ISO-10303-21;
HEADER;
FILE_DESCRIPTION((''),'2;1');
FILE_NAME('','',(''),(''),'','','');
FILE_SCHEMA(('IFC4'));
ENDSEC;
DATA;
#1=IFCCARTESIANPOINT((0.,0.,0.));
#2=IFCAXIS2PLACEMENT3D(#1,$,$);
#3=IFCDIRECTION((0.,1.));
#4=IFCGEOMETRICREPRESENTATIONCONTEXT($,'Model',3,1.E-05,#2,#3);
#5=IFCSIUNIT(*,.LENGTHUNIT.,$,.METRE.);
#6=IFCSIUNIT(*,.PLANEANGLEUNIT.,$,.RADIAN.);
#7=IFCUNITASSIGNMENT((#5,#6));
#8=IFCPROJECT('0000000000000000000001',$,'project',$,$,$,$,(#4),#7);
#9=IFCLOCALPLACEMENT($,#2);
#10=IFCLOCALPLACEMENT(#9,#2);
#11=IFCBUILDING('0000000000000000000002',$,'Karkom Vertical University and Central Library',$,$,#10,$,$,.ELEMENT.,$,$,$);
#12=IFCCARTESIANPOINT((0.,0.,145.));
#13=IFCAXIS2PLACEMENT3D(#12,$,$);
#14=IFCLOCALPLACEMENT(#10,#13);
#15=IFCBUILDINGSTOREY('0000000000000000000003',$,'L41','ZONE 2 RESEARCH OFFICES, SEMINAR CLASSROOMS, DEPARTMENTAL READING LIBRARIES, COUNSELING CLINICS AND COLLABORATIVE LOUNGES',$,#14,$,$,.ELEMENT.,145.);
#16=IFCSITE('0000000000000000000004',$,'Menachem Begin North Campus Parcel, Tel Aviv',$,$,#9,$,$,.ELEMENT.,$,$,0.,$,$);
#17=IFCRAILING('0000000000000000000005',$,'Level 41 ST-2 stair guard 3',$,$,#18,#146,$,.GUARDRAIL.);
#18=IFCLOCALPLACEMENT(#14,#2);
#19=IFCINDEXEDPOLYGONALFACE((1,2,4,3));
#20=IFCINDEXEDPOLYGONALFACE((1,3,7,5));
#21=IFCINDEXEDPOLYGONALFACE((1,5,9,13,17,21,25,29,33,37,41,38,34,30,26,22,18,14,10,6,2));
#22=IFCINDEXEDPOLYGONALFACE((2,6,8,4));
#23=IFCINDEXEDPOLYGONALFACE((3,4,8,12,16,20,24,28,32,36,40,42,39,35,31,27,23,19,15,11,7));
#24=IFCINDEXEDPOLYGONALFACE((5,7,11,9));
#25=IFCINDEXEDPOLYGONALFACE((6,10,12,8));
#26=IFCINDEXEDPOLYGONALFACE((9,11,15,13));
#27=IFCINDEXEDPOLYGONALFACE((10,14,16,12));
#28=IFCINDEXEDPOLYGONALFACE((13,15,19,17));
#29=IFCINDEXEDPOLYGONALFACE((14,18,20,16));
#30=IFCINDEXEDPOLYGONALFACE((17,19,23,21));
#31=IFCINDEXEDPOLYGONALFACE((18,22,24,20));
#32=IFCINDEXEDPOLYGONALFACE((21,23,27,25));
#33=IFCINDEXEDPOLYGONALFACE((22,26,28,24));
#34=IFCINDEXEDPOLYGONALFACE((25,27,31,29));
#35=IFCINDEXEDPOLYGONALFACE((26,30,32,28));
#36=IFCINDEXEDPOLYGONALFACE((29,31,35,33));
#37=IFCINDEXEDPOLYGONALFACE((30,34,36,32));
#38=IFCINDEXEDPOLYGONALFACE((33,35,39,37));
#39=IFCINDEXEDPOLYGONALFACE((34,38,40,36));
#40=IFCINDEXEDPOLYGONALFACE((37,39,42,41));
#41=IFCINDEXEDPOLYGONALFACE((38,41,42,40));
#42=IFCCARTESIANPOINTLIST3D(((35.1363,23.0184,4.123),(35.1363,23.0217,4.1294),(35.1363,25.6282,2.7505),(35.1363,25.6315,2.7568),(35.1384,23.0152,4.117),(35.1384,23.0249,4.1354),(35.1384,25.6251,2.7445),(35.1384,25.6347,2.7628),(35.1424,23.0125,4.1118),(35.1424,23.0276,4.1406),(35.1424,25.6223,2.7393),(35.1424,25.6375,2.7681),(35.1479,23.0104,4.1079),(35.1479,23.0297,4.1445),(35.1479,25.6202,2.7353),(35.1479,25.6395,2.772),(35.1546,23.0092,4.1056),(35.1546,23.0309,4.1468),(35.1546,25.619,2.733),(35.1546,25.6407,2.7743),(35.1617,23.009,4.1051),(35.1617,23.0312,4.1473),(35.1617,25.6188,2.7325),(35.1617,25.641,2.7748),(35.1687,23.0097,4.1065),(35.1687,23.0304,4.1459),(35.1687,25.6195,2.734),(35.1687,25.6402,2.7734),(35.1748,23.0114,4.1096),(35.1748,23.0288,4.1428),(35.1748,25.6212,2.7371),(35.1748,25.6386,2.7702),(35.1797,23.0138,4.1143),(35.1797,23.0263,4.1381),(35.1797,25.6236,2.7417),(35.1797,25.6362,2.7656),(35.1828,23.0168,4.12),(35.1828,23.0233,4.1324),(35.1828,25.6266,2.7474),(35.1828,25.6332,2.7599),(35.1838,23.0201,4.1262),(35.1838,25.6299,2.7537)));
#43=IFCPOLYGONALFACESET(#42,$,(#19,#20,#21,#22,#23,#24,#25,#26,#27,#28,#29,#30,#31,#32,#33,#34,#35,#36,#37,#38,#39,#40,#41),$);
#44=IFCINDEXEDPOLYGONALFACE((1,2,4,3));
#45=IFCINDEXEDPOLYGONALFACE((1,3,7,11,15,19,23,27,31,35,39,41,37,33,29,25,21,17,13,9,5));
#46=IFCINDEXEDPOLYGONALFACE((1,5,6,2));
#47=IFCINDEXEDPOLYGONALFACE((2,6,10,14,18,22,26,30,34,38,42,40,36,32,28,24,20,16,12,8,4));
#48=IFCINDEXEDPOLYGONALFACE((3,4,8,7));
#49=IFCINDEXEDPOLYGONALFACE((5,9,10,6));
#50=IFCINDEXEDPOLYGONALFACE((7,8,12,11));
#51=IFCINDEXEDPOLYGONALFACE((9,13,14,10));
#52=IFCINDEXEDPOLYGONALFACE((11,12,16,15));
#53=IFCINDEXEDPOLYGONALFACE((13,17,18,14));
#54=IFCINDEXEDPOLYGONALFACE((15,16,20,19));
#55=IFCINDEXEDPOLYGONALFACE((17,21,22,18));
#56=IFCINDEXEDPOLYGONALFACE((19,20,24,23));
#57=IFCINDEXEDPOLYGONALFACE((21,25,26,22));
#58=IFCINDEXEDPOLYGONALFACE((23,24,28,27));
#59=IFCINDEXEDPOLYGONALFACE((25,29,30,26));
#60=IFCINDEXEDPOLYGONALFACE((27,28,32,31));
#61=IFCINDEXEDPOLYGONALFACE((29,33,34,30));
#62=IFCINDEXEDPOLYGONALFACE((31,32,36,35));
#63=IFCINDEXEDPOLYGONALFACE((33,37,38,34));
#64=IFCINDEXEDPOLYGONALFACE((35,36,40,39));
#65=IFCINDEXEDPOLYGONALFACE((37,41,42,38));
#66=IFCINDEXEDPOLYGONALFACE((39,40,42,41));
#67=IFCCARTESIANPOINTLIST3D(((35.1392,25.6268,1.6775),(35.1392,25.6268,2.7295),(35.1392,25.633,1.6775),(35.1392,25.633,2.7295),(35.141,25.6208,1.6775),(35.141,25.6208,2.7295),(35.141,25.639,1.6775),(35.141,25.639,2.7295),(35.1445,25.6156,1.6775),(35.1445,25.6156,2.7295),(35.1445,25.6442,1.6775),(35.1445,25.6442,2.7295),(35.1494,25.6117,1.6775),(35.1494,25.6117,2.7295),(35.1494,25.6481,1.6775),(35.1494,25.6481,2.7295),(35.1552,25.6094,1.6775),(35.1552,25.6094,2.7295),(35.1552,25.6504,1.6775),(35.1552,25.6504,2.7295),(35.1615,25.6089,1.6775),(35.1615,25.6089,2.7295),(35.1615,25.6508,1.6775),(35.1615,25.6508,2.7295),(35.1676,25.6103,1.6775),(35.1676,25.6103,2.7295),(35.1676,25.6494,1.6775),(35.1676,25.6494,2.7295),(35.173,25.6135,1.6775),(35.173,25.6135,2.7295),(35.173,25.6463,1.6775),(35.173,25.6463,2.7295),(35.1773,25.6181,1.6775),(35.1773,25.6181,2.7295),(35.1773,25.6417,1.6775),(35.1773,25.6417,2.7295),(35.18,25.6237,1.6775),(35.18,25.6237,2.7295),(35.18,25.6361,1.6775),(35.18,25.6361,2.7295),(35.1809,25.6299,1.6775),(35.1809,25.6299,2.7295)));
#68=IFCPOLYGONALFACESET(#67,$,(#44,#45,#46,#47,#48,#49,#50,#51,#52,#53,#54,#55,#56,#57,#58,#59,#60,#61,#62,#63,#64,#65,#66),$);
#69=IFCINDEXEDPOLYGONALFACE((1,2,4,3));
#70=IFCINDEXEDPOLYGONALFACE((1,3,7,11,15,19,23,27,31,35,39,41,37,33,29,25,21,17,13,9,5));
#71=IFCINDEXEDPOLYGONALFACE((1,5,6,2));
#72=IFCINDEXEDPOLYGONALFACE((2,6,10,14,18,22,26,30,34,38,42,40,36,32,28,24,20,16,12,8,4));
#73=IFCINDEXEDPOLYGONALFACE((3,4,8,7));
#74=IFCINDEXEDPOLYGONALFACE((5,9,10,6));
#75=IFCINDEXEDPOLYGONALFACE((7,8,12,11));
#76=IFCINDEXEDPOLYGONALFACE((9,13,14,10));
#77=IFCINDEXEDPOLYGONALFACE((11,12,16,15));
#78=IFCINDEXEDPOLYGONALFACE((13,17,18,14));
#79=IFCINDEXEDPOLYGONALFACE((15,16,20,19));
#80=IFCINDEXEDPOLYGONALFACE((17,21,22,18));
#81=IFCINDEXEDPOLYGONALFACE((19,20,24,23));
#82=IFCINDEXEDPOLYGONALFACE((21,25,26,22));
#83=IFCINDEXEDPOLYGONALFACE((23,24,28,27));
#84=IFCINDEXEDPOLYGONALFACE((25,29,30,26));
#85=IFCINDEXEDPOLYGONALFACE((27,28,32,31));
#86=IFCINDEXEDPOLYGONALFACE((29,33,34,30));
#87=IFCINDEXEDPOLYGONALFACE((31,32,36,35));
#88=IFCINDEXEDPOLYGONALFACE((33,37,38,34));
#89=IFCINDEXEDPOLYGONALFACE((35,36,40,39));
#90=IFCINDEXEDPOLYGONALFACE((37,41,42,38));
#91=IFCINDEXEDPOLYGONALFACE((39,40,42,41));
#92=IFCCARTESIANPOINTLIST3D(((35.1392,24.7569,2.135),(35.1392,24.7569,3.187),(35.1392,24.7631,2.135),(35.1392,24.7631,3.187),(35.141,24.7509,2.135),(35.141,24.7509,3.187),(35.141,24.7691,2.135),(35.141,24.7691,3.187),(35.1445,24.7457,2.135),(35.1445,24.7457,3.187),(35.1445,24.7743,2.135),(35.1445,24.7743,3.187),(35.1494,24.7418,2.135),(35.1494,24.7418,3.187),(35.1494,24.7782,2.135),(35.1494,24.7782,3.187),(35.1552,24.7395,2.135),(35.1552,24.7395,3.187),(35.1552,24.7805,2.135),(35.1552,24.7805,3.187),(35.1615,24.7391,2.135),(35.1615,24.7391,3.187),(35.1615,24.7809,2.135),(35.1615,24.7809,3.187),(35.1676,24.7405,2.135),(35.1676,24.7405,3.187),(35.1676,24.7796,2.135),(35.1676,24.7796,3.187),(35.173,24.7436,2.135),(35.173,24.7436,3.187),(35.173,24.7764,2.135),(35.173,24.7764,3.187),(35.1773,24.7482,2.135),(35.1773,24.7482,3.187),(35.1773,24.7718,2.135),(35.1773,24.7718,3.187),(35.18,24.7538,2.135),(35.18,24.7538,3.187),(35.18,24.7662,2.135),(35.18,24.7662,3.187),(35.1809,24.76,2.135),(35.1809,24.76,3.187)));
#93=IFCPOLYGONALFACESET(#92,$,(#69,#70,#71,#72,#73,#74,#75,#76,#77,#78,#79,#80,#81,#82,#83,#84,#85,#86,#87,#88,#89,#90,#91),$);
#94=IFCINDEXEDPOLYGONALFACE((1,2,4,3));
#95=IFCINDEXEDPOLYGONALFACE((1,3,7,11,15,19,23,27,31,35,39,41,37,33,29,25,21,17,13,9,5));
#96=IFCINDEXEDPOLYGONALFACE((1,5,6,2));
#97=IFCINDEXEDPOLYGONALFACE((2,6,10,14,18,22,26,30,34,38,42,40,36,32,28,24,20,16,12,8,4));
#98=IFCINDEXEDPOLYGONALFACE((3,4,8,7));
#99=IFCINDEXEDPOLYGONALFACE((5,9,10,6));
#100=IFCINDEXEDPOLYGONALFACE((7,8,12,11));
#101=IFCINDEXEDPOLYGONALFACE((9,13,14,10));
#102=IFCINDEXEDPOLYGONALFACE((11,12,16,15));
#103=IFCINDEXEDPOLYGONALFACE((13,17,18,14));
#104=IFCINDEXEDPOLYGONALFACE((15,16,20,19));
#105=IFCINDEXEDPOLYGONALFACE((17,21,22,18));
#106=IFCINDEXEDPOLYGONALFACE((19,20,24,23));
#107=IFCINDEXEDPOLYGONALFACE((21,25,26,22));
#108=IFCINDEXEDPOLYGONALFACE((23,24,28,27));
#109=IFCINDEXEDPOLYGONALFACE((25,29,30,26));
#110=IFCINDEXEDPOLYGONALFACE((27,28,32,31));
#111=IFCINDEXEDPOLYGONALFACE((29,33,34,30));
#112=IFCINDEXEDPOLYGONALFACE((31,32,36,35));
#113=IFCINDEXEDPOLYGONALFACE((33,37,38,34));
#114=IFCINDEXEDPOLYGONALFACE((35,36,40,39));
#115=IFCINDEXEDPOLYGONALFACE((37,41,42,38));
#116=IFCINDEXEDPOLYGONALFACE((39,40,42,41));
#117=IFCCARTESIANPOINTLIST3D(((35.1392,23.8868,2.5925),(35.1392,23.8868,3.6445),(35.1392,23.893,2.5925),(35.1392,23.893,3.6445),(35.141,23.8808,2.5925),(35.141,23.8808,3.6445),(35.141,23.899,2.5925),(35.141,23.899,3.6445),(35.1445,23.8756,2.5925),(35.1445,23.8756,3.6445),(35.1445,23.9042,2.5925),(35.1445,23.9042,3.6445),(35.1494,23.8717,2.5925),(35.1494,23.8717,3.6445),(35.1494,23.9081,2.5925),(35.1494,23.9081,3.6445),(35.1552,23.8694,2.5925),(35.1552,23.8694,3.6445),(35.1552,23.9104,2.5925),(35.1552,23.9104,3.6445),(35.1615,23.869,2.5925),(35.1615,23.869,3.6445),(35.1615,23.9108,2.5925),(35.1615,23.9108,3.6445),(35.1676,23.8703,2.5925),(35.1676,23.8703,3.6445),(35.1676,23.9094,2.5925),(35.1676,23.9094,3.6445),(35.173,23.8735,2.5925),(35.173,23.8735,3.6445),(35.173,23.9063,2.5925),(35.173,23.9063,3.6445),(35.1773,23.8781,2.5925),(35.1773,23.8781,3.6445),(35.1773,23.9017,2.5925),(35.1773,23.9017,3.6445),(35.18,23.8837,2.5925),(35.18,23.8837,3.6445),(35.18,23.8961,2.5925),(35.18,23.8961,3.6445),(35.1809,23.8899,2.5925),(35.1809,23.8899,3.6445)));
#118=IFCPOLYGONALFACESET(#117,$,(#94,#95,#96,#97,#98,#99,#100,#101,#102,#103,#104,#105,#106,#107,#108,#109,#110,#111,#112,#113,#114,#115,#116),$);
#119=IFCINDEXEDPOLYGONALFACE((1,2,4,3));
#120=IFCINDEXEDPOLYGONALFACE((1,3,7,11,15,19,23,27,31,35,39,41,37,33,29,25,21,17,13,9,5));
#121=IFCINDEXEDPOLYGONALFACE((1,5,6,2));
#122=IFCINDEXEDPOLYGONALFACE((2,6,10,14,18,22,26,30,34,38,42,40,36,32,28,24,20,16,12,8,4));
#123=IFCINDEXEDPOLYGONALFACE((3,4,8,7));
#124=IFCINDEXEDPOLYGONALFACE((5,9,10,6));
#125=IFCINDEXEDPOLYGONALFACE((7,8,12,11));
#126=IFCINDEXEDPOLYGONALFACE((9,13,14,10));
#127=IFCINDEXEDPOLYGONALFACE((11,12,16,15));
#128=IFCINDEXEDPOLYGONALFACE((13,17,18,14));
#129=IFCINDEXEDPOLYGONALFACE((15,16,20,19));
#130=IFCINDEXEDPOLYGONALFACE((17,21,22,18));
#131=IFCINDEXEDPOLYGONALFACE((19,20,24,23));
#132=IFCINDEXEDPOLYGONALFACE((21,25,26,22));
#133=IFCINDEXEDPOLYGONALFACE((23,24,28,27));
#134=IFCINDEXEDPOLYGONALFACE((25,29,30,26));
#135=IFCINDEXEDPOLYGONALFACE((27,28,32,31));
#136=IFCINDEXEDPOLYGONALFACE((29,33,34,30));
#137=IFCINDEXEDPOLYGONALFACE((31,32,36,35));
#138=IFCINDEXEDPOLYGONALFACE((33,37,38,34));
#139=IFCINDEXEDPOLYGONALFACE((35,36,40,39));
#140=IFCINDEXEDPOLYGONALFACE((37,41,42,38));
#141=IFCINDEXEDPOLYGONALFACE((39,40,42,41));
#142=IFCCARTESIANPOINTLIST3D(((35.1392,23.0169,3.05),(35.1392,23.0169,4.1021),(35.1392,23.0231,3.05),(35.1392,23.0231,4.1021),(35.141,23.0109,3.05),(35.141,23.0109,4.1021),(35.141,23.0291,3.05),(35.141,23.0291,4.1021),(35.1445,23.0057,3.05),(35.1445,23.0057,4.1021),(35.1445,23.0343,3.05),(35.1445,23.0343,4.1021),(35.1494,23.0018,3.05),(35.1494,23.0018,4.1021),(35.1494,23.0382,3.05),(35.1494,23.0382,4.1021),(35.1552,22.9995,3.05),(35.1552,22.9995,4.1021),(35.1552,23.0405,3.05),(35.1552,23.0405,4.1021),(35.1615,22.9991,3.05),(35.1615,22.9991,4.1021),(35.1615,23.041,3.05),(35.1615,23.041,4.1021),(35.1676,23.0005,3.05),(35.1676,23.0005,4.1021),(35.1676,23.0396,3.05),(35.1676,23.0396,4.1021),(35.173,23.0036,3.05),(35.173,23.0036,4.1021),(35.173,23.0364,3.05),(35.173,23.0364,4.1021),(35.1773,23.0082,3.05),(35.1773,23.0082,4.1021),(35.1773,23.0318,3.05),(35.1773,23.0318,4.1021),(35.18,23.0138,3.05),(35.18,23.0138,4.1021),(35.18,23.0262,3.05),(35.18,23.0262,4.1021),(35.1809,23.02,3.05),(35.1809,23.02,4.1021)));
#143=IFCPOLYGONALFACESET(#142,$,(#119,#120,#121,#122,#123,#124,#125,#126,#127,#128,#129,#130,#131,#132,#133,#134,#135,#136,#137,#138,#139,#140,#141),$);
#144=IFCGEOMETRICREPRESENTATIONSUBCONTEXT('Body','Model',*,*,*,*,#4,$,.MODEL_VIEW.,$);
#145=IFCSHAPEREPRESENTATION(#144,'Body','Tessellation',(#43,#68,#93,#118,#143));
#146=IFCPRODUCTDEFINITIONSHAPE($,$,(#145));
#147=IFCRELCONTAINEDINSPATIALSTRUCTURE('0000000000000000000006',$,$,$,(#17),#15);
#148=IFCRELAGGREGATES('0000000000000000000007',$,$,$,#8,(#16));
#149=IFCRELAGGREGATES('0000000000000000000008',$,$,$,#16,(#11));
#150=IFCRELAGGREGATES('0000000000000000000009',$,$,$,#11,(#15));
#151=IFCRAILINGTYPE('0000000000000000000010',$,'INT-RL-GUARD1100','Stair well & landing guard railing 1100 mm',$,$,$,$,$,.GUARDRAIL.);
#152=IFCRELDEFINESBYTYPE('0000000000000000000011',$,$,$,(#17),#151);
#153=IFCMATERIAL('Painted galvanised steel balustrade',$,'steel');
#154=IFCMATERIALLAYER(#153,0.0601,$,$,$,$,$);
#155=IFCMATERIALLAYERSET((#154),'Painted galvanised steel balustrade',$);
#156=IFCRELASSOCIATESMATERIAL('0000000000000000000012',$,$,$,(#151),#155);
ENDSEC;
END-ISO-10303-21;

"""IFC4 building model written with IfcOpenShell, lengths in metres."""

from ifc_helpers import new_model, si_unit, direction, frame, origin, origin_2d, place, context, subcontext, project, spatial, circle, extrude, material, layer, layer_set, type_object, element, save


model = new_model("IFC4")

# Units and contexts
model_context = context("Model", 3, precision=1e-05, world=origin(), true_north=direction((0.0, 1.0)))
body_context = subcontext(model_context, "Body", "Model", "MODEL_VIEW")
ifc_project = project(units=[si_unit("LENGTHUNIT", "METRE"), si_unit("PLANEANGLEUNIT", "RADIAN")], contexts=[model_context])

# Site, building, storey
site_placement = place(None, origin())
site = spatial("IfcSite", under=ifc_project, at=site_placement, Name="Menachem Begin North Campus Parcel, Tel Aviv", CompositionType="ELEMENT", RefElevation=0.0)
building_placement = place(site_placement, origin())
building = spatial("IfcBuilding", under=site, at=building_placement, Name="Karkom Vertical University and Central Library", CompositionType="ELEMENT")
storey_placement = place(building_placement, frame((0.0, 0.0, 145.0)))
storey = spatial("IfcBuildingStorey", under=building, at=storey_placement, Name="L41", Description="ZONE 2 RESEARCH OFFICES, SEMINAR CLASSROOMS, DEPARTMENTAL READING LIBRARIES, COUNSELING CLINICS AND COLLABORATIVE LOUNGES", CompositionType="ELEMENT", Elevation=145.0)

# Railing
ifc_material_1 = material(Name="Painted galvanised steel balustrade", Category="steel")
ifc_layer_1 = layer(ifc_material_1, 0.0601)
ifc_layer_set_1 = layer_set([ifc_layer_1], Name="Painted galvanised steel balustrade")
railing_type_1 = type_object("IfcRailingType", Name="INT-RL-GUARD1100", Description="Stair well & landing guard railing 1100 mm", PredefinedType="GUARDRAIL", material=ifc_layer_set_1)
railing_1_placement = place(storey_placement, frame((35.1599, 25.6299, 1.6775)))
element("IfcRailing", 1, at=railing_1_placement, inside=storey, type_object=railing_type_1, Name="Level 41 ST-2 stair guard 3", PredefinedType="GUARDRAIL", context=body_context, shape_type="SweptSolid", body=[
    extrude(circle(Radius=0.0239, at=origin_2d()), frame((0.0, 0.0, 1.0762), z_axis=(0.0, -0.885065, 0.465467), x_axis=(1.0, 0.0, 0.0)), (0.0, 0.0, 1.0), 2.9487),
    extrude(circle(Radius=0.021, at=origin_2d()), origin(), (0.0, 0.0, 1.0), 1.052),
    extrude(circle(Radius=0.021, at=origin_2d()), frame((0.0, -0.8699, 0.4575)), (0.0, 0.0, 1.0), 1.052),
    extrude(circle(Radius=0.021, at=origin_2d()), frame((0.0, -1.74, 0.915)), (0.0, 0.0, 1.0), 1.052),
    extrude(circle(Radius=0.021, at=origin_2d()), frame((0.0, -2.6099, 1.3726)), (0.0, 0.0, 1.0), 1.052),
])

save(model, "model.ifc")
